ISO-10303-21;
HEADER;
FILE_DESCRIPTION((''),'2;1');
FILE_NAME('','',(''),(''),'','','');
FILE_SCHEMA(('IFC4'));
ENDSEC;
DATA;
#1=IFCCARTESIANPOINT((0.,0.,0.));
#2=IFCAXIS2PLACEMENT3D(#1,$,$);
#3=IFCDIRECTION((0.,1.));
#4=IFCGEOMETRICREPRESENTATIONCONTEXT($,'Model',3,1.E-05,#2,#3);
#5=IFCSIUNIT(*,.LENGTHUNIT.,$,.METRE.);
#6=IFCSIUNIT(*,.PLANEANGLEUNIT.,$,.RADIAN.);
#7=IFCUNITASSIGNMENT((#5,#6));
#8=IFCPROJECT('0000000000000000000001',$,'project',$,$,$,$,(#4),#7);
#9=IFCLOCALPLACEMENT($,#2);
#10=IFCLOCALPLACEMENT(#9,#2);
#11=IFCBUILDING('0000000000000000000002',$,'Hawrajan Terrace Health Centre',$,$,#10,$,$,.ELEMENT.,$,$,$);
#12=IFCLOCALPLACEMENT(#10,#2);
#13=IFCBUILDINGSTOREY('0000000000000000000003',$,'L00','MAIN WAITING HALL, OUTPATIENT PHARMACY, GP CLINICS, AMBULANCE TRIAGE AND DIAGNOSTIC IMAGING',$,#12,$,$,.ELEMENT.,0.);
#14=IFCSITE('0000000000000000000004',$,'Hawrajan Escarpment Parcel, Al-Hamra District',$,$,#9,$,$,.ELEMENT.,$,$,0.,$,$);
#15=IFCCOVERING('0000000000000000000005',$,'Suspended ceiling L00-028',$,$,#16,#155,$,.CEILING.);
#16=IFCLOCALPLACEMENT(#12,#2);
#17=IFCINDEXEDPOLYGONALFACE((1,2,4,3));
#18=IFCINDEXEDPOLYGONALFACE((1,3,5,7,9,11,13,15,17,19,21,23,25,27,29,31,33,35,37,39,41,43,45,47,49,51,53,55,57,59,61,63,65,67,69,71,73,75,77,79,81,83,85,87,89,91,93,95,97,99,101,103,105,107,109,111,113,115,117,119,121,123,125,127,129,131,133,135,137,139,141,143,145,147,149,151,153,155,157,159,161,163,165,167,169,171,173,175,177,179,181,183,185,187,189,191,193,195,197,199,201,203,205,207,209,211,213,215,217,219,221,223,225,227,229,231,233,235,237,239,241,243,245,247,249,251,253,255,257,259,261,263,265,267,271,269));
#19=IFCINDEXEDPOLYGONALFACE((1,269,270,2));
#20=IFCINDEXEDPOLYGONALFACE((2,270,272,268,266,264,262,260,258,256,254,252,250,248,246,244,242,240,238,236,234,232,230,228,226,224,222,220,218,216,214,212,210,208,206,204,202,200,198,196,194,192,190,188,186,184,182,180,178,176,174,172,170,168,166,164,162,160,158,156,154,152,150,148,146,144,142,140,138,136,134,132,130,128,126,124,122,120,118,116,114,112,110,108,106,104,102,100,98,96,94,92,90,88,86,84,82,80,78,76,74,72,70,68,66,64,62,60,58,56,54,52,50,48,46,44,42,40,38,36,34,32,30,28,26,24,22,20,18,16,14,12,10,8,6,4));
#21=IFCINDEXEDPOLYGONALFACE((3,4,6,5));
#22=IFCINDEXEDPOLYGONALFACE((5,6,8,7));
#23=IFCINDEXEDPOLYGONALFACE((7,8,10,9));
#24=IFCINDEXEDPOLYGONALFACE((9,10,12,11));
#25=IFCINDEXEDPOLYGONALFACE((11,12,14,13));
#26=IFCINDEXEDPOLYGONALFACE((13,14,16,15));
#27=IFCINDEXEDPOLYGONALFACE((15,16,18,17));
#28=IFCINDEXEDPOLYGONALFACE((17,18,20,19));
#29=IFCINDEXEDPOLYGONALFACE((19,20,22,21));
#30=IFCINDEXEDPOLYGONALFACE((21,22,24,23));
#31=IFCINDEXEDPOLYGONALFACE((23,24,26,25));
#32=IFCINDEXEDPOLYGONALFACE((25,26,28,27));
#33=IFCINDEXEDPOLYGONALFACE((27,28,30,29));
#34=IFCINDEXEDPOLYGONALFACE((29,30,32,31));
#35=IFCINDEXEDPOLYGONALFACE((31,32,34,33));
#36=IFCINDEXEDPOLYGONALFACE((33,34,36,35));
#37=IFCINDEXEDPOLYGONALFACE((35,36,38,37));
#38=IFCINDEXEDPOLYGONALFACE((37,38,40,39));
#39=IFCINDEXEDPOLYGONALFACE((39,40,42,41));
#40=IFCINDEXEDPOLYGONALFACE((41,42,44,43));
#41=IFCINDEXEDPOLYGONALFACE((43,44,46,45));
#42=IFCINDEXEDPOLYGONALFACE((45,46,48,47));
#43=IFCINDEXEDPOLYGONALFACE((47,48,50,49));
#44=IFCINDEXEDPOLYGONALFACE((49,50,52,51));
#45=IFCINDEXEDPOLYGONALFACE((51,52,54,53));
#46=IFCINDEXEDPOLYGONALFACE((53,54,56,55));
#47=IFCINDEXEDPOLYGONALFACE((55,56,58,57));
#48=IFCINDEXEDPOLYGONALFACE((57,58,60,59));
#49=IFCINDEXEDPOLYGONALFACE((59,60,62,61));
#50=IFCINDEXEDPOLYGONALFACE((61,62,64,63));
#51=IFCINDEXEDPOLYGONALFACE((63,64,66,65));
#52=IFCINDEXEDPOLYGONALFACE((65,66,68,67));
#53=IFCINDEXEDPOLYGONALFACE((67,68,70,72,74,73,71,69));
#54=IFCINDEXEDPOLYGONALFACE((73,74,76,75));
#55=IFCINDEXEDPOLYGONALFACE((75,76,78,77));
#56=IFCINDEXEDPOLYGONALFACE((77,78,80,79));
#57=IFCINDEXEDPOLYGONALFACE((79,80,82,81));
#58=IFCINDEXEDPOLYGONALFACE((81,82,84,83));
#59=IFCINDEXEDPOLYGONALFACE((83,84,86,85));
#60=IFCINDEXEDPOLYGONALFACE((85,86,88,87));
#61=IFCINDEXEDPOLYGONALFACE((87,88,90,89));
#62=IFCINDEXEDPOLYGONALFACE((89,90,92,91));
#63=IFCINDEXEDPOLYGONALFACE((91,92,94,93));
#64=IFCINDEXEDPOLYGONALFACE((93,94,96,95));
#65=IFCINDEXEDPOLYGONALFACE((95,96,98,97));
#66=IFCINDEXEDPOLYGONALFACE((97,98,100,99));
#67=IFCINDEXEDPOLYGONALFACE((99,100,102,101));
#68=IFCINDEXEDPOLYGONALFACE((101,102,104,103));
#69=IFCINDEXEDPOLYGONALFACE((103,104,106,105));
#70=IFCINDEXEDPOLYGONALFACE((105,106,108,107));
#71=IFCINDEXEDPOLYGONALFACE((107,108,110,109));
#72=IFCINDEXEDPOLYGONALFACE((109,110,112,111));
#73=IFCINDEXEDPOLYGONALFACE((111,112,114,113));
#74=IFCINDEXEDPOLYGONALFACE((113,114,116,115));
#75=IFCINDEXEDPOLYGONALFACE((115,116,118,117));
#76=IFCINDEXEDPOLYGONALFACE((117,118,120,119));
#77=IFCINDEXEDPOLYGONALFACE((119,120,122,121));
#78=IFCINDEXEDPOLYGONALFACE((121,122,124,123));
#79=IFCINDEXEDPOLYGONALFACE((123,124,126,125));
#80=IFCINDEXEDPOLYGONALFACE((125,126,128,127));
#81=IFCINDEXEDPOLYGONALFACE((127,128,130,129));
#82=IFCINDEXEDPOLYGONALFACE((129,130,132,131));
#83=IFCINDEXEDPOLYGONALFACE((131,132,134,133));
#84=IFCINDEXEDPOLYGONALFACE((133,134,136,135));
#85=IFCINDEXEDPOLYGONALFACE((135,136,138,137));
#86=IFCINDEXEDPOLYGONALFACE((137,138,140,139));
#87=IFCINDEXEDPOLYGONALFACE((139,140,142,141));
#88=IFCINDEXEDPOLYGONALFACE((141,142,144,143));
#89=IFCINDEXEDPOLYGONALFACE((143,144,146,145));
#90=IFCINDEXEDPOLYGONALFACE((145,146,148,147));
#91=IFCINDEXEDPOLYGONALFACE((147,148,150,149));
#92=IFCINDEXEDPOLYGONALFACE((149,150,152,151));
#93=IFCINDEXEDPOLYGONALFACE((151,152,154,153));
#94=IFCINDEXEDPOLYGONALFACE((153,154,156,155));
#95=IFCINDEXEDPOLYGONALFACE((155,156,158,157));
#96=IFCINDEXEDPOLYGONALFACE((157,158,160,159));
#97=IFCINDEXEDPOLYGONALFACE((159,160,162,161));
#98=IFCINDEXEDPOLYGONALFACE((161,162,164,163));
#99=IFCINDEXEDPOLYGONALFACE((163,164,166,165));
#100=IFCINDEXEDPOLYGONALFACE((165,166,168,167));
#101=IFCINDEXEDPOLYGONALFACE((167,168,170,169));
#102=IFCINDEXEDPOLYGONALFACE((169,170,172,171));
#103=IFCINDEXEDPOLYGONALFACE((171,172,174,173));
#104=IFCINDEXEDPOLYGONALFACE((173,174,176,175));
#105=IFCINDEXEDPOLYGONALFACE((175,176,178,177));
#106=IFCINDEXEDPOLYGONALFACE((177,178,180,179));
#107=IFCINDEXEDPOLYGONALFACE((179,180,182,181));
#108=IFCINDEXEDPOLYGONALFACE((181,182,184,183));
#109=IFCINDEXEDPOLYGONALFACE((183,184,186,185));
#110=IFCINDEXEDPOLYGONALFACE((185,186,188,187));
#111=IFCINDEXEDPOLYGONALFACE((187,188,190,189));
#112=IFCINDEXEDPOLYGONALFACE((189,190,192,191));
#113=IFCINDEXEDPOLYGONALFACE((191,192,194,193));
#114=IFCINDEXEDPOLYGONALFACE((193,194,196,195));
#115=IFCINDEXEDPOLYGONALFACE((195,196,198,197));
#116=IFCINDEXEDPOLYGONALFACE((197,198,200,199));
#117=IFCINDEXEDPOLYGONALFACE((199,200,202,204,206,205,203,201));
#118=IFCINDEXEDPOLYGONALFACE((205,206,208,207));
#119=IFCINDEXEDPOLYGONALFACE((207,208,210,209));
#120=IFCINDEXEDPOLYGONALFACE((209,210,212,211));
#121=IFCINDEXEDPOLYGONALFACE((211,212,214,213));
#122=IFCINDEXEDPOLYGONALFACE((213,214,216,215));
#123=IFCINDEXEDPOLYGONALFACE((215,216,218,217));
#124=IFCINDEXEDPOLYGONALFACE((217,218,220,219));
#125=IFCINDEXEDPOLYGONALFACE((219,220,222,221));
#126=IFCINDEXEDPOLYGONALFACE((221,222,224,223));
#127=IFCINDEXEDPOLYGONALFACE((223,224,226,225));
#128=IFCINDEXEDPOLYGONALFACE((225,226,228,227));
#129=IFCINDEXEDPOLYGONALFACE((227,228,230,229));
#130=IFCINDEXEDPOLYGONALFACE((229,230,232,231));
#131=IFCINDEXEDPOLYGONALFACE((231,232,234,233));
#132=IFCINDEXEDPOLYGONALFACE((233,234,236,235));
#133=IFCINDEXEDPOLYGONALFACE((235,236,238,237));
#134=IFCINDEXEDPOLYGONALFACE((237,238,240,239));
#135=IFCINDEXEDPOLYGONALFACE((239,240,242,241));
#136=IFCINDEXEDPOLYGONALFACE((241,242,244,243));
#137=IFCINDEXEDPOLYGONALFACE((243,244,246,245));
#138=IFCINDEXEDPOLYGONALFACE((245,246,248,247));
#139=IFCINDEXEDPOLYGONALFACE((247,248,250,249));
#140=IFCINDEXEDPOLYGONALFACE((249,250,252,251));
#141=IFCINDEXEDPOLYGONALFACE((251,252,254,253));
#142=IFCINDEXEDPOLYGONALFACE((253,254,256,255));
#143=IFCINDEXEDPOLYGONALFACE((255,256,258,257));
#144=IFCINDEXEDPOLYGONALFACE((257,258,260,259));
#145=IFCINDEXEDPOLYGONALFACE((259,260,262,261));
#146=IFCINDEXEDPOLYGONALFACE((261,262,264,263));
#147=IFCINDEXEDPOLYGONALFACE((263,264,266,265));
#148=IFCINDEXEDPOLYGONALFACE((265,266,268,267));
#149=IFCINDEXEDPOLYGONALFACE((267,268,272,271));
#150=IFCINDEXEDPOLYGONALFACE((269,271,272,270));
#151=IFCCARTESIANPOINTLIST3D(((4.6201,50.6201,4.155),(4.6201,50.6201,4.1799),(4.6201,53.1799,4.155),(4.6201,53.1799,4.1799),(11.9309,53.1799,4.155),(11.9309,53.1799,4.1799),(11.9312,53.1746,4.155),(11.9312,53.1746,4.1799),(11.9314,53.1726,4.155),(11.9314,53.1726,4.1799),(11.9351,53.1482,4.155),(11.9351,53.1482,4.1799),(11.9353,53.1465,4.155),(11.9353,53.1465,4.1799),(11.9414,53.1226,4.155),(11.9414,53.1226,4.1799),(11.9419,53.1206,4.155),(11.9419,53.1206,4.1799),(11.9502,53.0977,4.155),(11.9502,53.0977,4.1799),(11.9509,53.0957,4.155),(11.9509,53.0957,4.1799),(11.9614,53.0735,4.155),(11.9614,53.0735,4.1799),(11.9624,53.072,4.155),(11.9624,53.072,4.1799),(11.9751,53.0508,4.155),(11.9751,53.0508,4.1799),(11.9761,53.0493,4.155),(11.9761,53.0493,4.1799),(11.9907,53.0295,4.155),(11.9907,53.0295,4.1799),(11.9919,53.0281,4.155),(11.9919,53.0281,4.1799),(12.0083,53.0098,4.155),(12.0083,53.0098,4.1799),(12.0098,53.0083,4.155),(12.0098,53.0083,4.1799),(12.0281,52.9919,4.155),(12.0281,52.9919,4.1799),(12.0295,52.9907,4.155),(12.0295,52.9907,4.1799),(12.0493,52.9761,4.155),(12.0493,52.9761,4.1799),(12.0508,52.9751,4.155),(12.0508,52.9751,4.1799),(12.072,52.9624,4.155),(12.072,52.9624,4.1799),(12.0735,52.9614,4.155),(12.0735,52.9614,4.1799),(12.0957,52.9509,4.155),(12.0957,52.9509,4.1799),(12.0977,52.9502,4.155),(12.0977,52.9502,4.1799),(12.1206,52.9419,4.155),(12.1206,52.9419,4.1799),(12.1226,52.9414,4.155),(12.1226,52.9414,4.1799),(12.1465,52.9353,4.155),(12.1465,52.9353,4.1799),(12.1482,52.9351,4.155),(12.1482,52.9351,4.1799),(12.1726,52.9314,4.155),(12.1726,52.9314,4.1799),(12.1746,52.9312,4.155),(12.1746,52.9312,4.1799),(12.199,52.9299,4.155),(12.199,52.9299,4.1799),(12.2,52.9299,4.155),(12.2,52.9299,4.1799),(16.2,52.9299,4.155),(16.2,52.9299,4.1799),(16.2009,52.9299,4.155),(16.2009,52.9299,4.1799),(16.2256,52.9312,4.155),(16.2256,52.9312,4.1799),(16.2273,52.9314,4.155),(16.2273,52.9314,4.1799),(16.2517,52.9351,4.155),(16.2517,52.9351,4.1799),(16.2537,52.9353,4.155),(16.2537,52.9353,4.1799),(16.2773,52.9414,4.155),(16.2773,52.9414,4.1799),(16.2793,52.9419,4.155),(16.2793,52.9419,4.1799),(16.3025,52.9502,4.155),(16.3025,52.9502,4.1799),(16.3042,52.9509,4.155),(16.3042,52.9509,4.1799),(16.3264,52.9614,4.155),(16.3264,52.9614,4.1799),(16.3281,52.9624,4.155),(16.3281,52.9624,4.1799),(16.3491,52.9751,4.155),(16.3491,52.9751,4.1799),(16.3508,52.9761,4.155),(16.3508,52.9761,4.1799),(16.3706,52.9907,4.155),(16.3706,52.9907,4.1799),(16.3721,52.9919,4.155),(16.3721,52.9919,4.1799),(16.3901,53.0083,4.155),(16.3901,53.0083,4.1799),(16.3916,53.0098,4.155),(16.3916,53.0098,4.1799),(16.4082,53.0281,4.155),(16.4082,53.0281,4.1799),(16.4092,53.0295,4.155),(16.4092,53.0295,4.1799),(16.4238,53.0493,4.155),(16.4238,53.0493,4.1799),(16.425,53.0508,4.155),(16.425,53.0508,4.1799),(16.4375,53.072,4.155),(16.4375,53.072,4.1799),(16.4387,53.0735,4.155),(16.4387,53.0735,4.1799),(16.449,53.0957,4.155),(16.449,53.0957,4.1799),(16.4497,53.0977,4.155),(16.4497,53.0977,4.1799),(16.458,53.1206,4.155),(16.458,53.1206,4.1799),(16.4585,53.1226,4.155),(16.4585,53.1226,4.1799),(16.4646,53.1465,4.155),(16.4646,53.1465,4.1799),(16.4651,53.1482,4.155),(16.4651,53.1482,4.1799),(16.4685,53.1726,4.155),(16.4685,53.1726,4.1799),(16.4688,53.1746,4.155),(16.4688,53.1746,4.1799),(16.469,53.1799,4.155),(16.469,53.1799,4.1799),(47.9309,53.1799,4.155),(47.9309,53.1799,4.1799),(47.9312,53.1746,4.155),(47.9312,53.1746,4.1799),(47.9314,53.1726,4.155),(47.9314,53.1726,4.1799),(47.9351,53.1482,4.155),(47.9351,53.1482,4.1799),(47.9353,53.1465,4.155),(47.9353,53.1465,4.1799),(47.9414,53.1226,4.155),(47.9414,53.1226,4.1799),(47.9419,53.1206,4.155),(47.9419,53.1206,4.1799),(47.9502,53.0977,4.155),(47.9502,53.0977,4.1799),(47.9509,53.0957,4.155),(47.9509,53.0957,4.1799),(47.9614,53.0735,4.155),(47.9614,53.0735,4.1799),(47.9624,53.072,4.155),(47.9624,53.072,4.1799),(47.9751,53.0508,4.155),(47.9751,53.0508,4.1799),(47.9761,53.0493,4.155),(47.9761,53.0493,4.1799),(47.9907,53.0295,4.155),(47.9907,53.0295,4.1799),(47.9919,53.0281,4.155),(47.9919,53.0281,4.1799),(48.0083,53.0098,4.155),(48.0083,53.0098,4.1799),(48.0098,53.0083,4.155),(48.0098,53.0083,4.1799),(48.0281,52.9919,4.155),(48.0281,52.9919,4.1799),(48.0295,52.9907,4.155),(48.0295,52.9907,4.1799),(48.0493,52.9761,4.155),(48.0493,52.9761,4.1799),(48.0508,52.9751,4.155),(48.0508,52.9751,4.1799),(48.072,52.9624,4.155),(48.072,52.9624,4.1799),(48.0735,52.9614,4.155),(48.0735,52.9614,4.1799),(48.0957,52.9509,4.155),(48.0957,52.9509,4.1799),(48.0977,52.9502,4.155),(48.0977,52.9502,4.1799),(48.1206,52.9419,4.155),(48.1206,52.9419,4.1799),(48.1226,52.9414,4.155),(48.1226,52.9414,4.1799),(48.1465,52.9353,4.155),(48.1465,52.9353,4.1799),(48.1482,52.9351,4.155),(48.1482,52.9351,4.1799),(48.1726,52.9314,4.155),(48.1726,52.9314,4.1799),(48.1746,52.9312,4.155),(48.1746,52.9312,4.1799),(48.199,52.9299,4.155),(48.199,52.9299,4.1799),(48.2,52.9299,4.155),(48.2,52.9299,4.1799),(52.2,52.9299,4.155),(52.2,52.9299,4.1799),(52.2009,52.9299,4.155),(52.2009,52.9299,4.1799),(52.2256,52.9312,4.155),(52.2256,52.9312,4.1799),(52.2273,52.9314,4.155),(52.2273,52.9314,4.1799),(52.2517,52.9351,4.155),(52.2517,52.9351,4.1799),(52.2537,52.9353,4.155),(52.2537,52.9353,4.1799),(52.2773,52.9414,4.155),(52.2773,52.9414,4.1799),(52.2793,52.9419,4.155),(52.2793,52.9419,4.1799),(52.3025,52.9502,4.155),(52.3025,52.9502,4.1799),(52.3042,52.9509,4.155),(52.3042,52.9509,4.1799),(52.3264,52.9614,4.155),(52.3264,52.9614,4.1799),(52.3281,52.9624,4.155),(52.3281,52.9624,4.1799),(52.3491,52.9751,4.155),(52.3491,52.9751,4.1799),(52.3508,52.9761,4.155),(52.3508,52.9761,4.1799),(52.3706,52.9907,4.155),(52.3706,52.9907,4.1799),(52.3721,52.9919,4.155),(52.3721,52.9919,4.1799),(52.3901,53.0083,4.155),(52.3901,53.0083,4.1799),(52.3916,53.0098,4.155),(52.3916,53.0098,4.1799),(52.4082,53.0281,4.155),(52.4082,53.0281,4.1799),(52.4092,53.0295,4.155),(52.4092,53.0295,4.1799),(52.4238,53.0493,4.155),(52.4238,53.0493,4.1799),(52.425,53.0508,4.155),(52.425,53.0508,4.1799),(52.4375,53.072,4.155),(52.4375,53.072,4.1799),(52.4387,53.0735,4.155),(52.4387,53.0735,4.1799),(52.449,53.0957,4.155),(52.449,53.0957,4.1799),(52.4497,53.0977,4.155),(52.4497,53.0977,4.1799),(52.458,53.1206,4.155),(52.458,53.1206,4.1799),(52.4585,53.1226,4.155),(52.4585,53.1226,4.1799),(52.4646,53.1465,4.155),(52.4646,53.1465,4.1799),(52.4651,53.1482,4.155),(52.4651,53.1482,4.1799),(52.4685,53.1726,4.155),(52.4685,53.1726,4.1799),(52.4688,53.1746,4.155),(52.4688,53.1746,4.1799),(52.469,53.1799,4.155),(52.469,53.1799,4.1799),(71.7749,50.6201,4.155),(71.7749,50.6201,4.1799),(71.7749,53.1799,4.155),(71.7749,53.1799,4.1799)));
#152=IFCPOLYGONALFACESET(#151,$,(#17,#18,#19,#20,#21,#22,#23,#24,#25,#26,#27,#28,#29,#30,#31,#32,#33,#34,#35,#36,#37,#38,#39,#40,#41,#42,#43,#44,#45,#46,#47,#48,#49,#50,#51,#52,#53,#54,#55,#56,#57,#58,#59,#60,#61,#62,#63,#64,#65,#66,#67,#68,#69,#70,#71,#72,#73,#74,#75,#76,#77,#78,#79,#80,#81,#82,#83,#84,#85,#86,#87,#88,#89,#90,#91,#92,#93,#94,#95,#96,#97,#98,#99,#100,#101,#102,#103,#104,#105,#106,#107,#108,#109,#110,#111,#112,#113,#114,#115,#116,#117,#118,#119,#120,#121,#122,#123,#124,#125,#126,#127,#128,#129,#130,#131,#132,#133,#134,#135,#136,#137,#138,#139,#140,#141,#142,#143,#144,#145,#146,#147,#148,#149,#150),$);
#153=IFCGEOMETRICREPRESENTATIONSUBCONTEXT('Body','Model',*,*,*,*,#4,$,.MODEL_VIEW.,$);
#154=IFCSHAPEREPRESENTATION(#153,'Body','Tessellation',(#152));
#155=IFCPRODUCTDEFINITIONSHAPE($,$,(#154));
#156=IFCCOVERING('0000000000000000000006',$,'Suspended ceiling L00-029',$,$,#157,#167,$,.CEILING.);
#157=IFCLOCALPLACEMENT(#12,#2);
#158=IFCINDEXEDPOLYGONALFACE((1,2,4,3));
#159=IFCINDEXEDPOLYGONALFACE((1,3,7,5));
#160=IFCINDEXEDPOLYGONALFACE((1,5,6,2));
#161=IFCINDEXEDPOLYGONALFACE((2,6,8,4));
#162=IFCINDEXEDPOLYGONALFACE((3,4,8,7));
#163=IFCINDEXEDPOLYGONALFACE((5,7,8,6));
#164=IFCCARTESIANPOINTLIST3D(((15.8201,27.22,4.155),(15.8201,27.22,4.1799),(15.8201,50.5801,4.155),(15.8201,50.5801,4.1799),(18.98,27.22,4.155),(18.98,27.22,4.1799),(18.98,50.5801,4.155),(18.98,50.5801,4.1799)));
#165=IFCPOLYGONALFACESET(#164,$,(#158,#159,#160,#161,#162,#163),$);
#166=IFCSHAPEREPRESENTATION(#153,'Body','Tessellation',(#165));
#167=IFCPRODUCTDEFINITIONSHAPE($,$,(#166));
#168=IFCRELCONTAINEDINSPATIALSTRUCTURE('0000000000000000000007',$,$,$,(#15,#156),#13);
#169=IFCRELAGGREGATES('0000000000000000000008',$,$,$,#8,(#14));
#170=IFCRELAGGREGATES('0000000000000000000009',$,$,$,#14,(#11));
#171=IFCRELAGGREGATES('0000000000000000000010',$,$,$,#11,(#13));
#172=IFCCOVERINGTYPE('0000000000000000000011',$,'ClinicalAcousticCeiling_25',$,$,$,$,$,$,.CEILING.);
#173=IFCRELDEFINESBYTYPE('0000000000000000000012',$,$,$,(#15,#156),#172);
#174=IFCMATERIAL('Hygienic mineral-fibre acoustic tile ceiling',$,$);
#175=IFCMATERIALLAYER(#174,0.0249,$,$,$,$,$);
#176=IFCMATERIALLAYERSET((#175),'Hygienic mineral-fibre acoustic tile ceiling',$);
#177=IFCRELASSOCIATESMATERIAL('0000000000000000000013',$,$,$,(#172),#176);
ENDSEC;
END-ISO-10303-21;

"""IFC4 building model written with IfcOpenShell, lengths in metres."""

from ifc_helpers import new_model, si_unit, direction, frame, origin, place, context, subcontext, project, spatial, polyline, outline, extrude, material, layer, layer_set, type_object, element, save


model = new_model("IFC4")

# Units and contexts
model_context = context("Model", 3, precision=1e-05, world=origin(), true_north=direction((0.0, 1.0)))
body_context = subcontext(model_context, "Body", "Model", "MODEL_VIEW")
ifc_project = project(units=[si_unit("LENGTHUNIT", "METRE"), si_unit("PLANEANGLEUNIT", "RADIAN")], contexts=[model_context])

# Site, building, storey
site_placement = place(None, origin())
site = spatial("IfcSite", under=ifc_project, at=site_placement, Name="Hawrajan Escarpment Parcel, Al-Hamra District", CompositionType="ELEMENT", RefElevation=0.0)
building_placement = place(site_placement, origin())
building = spatial("IfcBuilding", under=site, at=building_placement, Name="Hawrajan Terrace Health Centre", CompositionType="ELEMENT")
storey_placement = place(building_placement, origin())
storey = spatial("IfcBuildingStorey", under=building, at=storey_placement, Name="L00", Description="MAIN WAITING HALL, OUTPATIENT PHARMACY, GP CLINICS, AMBULANCE TRIAGE AND DIAGNOSTIC IMAGING", CompositionType="ELEMENT", Elevation=0.0)

# Coverings
ifc_material = material(Name="Hygienic mineral-fibre acoustic tile ceiling")
ifc_layer = layer(ifc_material, 0.0249)
ifc_layer_set = layer_set([ifc_layer], Name="Hygienic mineral-fibre acoustic tile ceiling")
covering_type = type_object("IfcCoveringType", Name="ClinicalAcousticCeiling_25", PredefinedType="CEILING", material=ifc_layer_set)
covering_1_placement = place(storey_placement, frame((0.0, 0.0, 4.155)))
element("IfcCovering", 1, at=covering_1_placement, inside=storey, type_object=covering_type, Name="Suspended ceiling L00-028", PredefinedType="CEILING", context=body_context, shape_type="SweptSolid", body=[
    extrude(outline(polyline([(71.7749, 53.1799), (71.7749, 50.6201), (4.6201, 50.6201), (4.6201, 53.1799), (11.9309, 53.1799), (11.9312, 53.1746), (11.9314, 53.1726), (11.9351, 53.1482), (11.9353, 53.1465), (11.9414, 53.1226), (11.9419, 53.1206), (11.9502, 53.0977), (11.9509, 53.0957), (11.9614, 53.0735), (11.9624, 53.072), (11.9751, 53.0508), (11.9761, 53.0493), (11.9907, 53.0295), (11.9919, 53.0281), (12.0083, 53.0098), (12.0098, 53.0083), (12.0281, 52.9919), (12.0295, 52.9907), (12.0493, 52.9761), (12.0508, 52.9751), (12.072, 52.9624), (12.0735, 52.9614), (12.0957, 52.9509), (12.0977, 52.9502), (12.1206, 52.9419), (12.1226, 52.9414), (12.1465, 52.9353), (12.1482, 52.9351), (12.1726, 52.9314), (12.1746, 52.9312), (12.199, 52.9299), (12.2, 52.9299), (16.2, 52.9299), (16.2009, 52.9299), (16.2256, 52.9312), (16.2273, 52.9314), (16.2517, 52.9351), (16.2537, 52.9353), (16.2773, 52.9414), (16.2793, 52.9419), (16.3025, 52.9502), (16.3042, 52.9509), (16.3264, 52.9614), (16.3281, 52.9624), (16.3491, 52.9751), (16.3508, 52.9761), (16.3706, 52.9907), (16.3721, 52.9919), (16.3901, 53.0083), (16.3916, 53.0098), (16.4082, 53.0281), (16.4092, 53.0295), (16.4238, 53.0493), (16.425, 53.0508), (16.4375, 53.072), (16.4387, 53.0735), (16.449, 53.0957), (16.4497, 53.0977), (16.458, 53.1206), (16.4585, 53.1226), (16.4646, 53.1465), (16.4651, 53.1482), (16.4685, 53.1726), (16.4688, 53.1746), (16.469, 53.1799), (47.9309, 53.1799), (47.9312, 53.1746), (47.9314, 53.1726), (47.9351, 53.1482), (47.9353, 53.1465), (47.9414, 53.1226), (47.9419, 53.1206), (47.9502, 53.0977), (47.9509, 53.0957), (47.9614, 53.0735), (47.9624, 53.072), (47.9751, 53.0508), (47.9761, 53.0493), (47.9907, 53.0295), (47.9919, 53.0281), (48.0083, 53.0098), (48.0098, 53.0083), (48.0281, 52.9919), (48.0295, 52.9907), (48.0493, 52.9761), (48.0508, 52.9751), (48.072, 52.9624), (48.0735, 52.9614), (48.0957, 52.9509), (48.0977, 52.9502), (48.1206, 52.9419), (48.1226, 52.9414), (48.1465, 52.9353), (48.1482, 52.9351), (48.1726, 52.9314), (48.1746, 52.9312), (48.199, 52.9299), (48.2, 52.9299), (52.2, 52.9299), (52.2009, 52.9299), (52.2256, 52.9312), (52.2273, 52.9314), (52.2517, 52.9351), (52.2537, 52.9353), (52.2773, 52.9414), (52.2793, 52.9419), (52.3025, 52.9502), (52.3042, 52.9509), (52.3264, 52.9614), (52.3281, 52.9624), (52.3491, 52.9751), (52.3508, 52.9761), (52.3706, 52.9907), (52.3721, 52.9919), (52.3901, 53.0083), (52.3916, 53.0098), (52.4082, 53.0281), (52.4092, 53.0295), (52.4238, 53.0493), (52.425, 53.0508), (52.4375, 53.072), (52.4387, 53.0735), (52.449, 53.0957), (52.4497, 53.0977), (52.458, 53.1206), (52.4585, 53.1226), (52.4646, 53.1465), (52.4651, 53.1482), (52.4685, 53.1726), (52.4688, 53.1746), (52.469, 53.1799), (71.7749, 53.1799)])), origin(), (0.0, 0.0, 1.0), 0.0249),
])
covering_2_placement = place(storey_placement, frame((0.0, 0.0, 4.155)))
element("IfcCovering", 2, at=covering_2_placement, inside=storey, type_object=covering_type, Name="Suspended ceiling L00-029", PredefinedType="CEILING", context=body_context, shape_type="SweptSolid", body=[
    extrude(outline(polyline([(15.8201, 50.5801), (18.98, 50.5801), (18.98, 27.22), (15.8201, 27.22), (15.8201, 50.5801)])), origin(), (0.0, 0.0, 1.0), 0.0249),
])

save(model, "model.ifc")
